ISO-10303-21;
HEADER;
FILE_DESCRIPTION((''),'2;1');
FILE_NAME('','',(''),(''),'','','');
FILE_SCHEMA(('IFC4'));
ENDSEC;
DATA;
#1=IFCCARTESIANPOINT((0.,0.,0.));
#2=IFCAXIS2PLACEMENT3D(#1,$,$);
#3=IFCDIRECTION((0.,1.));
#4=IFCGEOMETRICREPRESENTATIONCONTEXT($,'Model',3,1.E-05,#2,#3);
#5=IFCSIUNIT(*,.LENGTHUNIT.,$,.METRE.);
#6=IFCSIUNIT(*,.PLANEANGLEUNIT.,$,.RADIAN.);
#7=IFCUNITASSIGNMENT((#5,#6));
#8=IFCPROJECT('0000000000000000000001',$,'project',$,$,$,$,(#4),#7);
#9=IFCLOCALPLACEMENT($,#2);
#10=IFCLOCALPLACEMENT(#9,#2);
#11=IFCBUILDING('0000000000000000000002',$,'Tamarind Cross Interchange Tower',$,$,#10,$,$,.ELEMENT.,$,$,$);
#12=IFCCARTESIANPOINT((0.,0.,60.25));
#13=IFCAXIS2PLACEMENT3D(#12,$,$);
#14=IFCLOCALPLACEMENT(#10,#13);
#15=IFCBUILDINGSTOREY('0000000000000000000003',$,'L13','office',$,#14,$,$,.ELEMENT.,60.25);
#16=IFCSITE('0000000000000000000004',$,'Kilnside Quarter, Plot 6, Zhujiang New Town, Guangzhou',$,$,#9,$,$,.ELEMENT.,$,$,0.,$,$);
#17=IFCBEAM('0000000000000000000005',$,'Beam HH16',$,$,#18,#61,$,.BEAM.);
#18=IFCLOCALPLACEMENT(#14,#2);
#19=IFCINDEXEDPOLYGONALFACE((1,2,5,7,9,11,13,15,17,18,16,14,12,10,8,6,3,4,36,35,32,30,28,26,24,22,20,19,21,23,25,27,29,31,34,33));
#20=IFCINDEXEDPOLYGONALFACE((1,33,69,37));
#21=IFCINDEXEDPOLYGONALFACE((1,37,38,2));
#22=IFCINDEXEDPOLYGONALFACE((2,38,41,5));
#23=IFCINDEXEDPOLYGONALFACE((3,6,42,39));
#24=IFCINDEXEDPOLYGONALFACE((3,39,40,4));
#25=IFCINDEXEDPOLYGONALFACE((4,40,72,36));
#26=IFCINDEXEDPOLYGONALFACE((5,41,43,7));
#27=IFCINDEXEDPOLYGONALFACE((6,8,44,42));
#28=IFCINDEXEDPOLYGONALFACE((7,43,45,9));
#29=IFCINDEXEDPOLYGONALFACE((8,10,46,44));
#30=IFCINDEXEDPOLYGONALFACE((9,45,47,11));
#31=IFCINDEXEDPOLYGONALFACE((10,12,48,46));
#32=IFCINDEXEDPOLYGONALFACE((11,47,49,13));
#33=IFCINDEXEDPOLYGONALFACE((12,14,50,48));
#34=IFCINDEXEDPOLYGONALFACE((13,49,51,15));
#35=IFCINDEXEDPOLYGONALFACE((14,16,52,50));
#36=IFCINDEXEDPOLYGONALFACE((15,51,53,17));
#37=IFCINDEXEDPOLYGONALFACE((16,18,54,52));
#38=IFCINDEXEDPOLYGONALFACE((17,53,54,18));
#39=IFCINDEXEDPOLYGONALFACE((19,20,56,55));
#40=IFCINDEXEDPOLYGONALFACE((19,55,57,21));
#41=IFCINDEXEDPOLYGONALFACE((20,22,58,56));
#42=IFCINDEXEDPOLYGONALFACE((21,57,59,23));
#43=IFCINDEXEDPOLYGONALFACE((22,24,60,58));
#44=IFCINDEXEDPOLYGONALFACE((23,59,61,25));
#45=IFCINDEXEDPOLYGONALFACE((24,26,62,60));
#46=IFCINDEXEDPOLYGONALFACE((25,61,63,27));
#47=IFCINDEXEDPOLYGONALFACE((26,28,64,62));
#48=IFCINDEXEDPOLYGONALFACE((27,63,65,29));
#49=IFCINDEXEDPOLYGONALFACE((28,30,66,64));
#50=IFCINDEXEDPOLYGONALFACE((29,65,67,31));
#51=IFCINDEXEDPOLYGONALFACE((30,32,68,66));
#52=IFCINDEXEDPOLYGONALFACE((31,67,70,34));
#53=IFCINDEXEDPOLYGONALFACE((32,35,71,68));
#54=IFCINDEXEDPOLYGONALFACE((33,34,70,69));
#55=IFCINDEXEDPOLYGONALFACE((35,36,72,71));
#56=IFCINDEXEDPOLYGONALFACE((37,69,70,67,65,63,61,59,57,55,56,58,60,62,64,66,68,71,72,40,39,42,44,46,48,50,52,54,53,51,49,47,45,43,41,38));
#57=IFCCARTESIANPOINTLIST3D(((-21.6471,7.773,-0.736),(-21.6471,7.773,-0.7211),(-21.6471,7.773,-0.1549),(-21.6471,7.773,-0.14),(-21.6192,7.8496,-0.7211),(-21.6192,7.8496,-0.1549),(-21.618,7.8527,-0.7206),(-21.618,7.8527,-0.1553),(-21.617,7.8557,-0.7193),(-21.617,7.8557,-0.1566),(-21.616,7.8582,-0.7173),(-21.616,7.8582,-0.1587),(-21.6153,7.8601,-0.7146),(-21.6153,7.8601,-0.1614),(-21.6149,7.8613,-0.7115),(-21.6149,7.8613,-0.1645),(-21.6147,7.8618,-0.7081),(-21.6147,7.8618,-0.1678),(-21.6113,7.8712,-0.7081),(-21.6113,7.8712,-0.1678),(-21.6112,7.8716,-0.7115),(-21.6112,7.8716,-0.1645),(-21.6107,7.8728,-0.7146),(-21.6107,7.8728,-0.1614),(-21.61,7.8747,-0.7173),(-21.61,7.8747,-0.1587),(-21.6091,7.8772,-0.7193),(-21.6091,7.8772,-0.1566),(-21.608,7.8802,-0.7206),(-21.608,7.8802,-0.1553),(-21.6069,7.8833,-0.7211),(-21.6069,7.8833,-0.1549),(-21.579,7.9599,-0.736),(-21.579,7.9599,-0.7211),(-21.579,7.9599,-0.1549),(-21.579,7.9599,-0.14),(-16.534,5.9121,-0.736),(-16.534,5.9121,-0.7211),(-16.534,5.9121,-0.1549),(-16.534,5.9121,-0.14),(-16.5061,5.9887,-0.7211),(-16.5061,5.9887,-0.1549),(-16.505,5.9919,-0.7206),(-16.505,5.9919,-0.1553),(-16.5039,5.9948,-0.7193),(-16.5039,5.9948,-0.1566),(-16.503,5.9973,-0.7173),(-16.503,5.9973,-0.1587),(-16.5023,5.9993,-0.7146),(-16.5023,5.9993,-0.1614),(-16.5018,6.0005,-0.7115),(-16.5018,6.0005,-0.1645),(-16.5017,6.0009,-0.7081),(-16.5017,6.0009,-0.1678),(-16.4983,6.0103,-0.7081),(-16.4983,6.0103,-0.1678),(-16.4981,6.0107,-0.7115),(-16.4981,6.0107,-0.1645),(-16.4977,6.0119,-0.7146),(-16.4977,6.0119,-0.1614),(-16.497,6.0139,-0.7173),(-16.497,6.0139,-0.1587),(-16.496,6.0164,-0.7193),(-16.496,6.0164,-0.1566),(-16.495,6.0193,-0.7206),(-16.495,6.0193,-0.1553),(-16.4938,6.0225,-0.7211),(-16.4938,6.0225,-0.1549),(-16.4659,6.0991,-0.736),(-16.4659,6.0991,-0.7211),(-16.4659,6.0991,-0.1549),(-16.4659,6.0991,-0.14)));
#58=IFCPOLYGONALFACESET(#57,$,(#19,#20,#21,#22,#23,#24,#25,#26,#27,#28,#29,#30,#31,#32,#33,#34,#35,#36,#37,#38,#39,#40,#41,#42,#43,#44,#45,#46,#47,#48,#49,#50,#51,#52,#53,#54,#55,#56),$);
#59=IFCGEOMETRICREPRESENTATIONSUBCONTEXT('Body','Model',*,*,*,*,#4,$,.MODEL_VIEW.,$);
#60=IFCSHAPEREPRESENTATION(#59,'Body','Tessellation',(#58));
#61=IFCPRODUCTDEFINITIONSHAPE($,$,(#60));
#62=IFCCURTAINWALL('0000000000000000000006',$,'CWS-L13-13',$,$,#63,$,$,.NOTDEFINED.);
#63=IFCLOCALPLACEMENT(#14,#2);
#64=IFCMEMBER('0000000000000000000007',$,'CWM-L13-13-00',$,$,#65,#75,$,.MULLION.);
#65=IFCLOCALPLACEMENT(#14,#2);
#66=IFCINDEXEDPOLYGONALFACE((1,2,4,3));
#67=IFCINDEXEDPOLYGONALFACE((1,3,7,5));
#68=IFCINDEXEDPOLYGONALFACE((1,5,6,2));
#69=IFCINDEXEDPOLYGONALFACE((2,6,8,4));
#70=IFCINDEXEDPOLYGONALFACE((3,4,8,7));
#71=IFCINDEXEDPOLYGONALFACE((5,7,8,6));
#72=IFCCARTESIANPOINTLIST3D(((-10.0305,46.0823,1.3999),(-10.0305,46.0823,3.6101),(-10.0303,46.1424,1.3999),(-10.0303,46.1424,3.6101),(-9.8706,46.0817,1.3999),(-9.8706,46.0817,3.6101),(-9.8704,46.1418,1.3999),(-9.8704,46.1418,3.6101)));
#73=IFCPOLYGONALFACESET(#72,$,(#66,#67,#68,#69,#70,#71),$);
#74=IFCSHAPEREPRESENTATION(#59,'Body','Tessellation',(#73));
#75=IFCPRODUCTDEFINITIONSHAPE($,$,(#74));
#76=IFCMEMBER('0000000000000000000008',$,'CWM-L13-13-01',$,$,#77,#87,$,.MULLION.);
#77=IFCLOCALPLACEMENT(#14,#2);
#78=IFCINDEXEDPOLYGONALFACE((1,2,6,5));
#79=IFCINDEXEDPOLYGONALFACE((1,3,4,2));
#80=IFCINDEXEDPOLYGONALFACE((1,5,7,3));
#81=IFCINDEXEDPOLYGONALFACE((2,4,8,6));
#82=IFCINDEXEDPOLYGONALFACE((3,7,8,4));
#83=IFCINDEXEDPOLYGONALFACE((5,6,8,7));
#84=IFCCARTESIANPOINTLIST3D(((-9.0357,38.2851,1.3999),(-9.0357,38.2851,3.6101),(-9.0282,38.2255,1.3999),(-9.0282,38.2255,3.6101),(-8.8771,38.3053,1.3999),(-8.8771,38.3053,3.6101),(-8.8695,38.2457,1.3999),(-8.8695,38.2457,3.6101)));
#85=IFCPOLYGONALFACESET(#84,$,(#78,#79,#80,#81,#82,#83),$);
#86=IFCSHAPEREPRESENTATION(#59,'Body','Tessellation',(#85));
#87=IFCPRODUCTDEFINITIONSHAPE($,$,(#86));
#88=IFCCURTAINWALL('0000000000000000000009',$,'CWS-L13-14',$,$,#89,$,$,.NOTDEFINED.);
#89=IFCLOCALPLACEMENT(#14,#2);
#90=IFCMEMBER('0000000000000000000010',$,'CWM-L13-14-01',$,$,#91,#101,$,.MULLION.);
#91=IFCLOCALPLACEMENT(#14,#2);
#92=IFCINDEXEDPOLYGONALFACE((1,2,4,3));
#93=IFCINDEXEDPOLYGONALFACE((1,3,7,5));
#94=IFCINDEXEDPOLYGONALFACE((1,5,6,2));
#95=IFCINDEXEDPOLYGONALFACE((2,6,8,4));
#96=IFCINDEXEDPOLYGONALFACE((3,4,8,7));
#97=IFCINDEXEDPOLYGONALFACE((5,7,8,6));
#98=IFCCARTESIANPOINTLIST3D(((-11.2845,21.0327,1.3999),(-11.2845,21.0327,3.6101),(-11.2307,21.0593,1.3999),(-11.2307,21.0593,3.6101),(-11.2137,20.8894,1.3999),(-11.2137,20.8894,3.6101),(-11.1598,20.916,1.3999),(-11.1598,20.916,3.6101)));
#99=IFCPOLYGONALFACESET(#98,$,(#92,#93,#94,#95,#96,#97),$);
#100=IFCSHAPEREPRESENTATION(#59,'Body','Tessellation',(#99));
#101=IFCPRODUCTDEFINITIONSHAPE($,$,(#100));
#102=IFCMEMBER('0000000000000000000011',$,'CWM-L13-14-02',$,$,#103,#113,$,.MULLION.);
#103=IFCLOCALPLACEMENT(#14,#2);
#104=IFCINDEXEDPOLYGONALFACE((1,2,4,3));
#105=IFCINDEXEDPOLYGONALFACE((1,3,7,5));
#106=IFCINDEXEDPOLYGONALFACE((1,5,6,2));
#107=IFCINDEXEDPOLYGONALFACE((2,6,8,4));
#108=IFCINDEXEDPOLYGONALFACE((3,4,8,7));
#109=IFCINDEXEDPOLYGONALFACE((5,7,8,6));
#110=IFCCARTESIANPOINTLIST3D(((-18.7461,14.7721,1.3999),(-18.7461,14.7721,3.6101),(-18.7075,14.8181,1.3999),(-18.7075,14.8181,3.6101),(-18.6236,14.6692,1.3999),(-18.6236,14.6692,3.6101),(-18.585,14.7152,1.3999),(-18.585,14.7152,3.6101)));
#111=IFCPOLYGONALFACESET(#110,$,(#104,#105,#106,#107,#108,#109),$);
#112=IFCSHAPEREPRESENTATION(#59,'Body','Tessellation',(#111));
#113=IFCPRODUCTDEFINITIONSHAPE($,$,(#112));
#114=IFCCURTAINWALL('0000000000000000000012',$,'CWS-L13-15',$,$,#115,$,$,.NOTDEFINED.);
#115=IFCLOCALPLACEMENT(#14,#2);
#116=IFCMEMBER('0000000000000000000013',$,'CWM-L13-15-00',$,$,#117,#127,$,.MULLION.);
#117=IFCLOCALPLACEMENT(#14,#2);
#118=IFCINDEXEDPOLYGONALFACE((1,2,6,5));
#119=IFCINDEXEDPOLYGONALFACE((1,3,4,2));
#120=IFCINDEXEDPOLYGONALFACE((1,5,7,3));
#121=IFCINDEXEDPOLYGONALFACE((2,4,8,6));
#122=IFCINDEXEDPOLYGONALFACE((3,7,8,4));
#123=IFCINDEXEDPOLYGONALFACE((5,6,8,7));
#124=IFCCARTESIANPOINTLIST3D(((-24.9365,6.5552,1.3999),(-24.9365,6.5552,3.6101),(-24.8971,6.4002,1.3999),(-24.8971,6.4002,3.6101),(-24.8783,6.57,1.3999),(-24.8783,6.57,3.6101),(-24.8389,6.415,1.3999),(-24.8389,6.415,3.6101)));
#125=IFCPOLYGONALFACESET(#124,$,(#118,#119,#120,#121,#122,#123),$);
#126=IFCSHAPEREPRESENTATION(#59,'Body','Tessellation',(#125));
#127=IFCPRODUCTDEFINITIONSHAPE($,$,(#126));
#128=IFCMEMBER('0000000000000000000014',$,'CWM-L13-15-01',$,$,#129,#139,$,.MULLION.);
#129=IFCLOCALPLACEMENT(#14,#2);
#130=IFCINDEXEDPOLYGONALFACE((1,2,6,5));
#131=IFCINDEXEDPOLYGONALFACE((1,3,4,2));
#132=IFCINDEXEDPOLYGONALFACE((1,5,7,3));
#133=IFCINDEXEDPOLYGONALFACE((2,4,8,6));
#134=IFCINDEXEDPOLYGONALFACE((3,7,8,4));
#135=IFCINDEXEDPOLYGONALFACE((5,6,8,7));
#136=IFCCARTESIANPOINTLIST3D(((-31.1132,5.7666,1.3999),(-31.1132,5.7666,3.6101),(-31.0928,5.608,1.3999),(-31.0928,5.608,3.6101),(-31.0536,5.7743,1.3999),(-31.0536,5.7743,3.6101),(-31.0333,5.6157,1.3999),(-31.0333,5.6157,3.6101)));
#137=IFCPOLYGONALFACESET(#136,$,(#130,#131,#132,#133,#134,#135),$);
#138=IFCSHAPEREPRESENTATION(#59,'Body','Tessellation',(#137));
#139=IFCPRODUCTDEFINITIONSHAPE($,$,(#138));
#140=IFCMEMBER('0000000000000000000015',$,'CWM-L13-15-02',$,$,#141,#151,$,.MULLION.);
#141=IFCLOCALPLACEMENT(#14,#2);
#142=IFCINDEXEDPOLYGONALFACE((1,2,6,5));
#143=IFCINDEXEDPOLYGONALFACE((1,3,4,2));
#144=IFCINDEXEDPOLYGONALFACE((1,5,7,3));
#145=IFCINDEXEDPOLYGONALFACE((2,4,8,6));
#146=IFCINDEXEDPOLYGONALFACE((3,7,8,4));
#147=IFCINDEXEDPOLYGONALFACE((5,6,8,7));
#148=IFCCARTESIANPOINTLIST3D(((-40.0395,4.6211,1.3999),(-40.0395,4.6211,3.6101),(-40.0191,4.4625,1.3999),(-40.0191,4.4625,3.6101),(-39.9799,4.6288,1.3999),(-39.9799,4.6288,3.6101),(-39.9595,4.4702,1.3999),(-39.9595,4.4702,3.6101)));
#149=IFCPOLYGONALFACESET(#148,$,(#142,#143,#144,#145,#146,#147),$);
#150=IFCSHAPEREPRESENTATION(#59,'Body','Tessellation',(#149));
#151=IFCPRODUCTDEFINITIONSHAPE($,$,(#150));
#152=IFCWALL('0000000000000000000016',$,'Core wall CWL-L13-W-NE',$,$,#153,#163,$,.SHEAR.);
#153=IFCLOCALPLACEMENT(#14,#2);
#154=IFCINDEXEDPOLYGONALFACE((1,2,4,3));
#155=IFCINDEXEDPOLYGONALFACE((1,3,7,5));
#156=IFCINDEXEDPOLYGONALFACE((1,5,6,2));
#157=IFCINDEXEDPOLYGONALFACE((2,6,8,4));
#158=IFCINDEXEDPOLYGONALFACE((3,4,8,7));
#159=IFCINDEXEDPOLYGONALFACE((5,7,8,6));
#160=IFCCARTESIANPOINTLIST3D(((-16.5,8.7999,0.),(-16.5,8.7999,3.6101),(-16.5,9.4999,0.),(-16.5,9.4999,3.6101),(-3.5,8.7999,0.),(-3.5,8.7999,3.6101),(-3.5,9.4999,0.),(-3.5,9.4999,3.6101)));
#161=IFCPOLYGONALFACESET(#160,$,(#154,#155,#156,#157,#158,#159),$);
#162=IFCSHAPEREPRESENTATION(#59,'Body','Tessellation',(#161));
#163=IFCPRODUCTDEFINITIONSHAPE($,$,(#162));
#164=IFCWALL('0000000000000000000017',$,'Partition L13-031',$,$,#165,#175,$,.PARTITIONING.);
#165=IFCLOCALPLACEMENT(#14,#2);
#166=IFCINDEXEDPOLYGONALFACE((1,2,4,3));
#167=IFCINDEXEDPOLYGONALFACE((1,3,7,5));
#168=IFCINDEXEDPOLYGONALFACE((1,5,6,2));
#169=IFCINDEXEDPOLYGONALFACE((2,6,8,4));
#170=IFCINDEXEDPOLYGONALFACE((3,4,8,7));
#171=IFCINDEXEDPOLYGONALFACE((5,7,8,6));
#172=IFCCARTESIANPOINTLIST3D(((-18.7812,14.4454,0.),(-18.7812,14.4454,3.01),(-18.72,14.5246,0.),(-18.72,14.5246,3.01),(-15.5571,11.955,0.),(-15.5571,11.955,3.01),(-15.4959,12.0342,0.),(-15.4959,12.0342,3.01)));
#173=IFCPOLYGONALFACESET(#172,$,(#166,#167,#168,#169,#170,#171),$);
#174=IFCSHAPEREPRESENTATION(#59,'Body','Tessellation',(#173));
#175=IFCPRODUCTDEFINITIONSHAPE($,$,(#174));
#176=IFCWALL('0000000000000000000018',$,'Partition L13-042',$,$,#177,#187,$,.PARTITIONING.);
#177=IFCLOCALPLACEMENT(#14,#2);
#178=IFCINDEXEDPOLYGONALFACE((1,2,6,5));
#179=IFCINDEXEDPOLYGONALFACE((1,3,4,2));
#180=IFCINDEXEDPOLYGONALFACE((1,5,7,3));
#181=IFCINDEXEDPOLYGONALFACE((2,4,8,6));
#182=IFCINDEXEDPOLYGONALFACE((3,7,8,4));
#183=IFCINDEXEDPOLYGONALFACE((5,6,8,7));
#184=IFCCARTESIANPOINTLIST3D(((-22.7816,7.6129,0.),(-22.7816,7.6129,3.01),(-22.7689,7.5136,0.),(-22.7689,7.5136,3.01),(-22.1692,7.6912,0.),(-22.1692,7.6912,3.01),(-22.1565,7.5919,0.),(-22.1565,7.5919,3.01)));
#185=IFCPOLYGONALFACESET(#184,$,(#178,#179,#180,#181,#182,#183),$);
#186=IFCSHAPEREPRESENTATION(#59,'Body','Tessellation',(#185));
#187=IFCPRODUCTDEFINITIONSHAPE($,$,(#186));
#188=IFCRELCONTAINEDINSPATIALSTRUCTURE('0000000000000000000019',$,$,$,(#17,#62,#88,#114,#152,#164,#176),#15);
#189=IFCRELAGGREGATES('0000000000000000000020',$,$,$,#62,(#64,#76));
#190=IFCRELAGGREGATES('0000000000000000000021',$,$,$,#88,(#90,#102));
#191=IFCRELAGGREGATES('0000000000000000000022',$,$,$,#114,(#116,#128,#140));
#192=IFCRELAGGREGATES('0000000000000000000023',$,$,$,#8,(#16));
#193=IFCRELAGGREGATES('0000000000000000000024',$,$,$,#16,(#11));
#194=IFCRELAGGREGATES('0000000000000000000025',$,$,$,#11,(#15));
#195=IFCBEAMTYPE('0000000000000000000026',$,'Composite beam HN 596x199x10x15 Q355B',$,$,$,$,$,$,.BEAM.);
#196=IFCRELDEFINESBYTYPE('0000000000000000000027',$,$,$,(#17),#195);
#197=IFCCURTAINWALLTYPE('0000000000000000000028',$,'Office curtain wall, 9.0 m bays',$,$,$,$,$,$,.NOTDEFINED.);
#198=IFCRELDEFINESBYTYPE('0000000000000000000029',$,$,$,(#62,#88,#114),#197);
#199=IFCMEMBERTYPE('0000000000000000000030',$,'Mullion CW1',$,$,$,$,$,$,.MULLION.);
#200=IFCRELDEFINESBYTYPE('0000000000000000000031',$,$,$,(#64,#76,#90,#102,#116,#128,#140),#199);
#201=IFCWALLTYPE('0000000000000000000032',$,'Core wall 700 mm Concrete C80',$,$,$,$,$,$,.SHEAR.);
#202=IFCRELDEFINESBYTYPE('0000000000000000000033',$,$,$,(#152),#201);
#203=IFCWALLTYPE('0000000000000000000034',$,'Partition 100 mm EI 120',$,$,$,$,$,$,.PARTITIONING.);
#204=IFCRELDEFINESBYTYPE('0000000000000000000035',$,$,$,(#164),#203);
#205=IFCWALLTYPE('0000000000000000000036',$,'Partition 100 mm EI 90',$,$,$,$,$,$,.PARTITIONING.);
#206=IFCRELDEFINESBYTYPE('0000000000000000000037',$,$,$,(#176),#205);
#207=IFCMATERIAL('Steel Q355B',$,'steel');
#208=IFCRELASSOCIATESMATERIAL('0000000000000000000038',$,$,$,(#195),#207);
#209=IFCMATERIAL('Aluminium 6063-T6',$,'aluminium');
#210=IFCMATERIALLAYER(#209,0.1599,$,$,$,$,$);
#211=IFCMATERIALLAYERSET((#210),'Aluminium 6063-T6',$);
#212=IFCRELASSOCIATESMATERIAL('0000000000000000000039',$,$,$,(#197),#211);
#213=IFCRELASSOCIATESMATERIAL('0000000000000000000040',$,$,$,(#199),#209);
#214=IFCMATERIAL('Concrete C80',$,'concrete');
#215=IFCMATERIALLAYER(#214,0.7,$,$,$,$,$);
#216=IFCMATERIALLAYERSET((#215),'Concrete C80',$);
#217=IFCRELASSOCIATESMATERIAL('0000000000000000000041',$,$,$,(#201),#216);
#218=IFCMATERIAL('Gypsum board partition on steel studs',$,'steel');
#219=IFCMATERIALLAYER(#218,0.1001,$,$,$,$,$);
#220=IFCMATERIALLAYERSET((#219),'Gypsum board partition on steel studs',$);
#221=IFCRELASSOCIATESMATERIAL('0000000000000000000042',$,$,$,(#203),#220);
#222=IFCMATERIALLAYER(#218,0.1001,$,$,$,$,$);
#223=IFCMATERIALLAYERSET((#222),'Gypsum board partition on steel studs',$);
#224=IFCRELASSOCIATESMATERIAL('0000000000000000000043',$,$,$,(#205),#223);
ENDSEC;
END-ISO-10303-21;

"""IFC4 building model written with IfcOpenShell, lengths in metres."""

from ifc_helpers import new_model, si_unit, direction, frame, frame_2d, origin, origin_2d, place, context, subcontext, project, spatial, rectangle, i_section, extrude, material, layer, layer_set, material_profile, profile_set, type_object, element, aggregate, save


model = new_model("IFC4")

# Units and contexts
model_context = context("Model", 3, precision=1e-05, world=origin(), true_north=direction((0.0, 1.0)))
body_context = subcontext(model_context, "Body", "Model", "MODEL_VIEW")
ifc_project = project(units=[si_unit("LENGTHUNIT", "METRE"), si_unit("PLANEANGLEUNIT", "RADIAN")], contexts=[model_context])

# Site, building, storey
site_placement = place(None, origin())
site = spatial("IfcSite", under=ifc_project, at=site_placement, Name="Kilnside Quarter, Plot 6, Zhujiang New Town, Guangzhou", CompositionType="ELEMENT", RefElevation=0.0)
building_placement = place(site_placement, origin())
building = spatial("IfcBuilding", under=site, at=building_placement, Name="Tamarind Cross Interchange Tower", CompositionType="ELEMENT")
storey_placement = place(building_placement, frame((0.0, 0.0, 60.25)))
storey = spatial("IfcBuildingStorey", under=building, at=storey_placement, Name="L13", Description="office", CompositionType="ELEMENT", Elevation=60.25)

# Beam
ifc_material_1 = material(Name="Steel Q355B", Category="steel")
ifc_material_profile_1 = material_profile(ifc_material_1, i_section(OverallWidth=0.199, OverallDepth=0.5959, WebThickness=0.01, FlangeThickness=0.0149, FilletRadius=0.0129, at=origin_2d()), Name="HN 596x199x10x15")
ifc_profile_set_1 = profile_set([ifc_material_profile_1], Name="Steel Q355B")
beam_type_1 = type_object("IfcBeamType", Name="Composite beam HN 596x199x10x15 Q355B", PredefinedType="BEAM", material=ifc_profile_set_1)
beam_1_placement = place(storey_placement, frame((-21.613, 7.8665, -0.438), z_axis=(0.939702, -0.341995, 0.0), x_axis=(0.341995, 0.939702, 0.0)))
element("IfcBeam", 1, at=beam_1_placement, inside=storey, type_object=beam_type_1, Name="Beam HH16", PredefinedType="BEAM", context=body_context, shape_type="SweptSolid", body=[
    extrude(i_section(OverallWidth=0.199, OverallDepth=0.5959, WebThickness=0.01, FlangeThickness=0.0149, FilletRadius=0.0129, at=origin_2d()), origin(), (0.0, 0.0, 1.0), 5.4412),
])

# Curtain walls, members
ifc_material_2 = material(Name="Aluminium 6063-T6", Category="aluminium")
ifc_layer_1 = layer(ifc_material_2, 0.1599)
ifc_layer_set_1 = layer_set([ifc_layer_1], Name="Aluminium 6063-T6")
curtain_wall_type = type_object("IfcCurtainWallType", Name="Office curtain wall, 9.0 m bays", PredefinedType="NOTDEFINED", material=ifc_layer_set_1)
curtain_wall_1_placement = place(storey_placement, origin())
curtain_wall_1 = element("IfcCurtainWall", 2, at=curtain_wall_1_placement, inside=storey, type_object=curtain_wall_type, Name="CWS-L13-13", PredefinedType="NOTDEFINED")
ifc_material_profile_2 = material_profile(ifc_material_2, rectangle(XDim=0.0601, YDim=0.1599, at=origin_2d()), Name="Mullion CW1")
ifc_profile_set_2 = profile_set([ifc_material_profile_2], Name="Aluminium 6063-T6")
member_type = type_object("IfcMemberType", Name="Mullion CW1", PredefinedType="MULLION", material=ifc_profile_set_2)
member_1_placement = place(storey_placement, frame((-9.9504, 46.1121, 1.3999), z_axis=(0.0, 0.0, 1.0), x_axis=(-0.003827, -0.999993, 0.0)))
member_1 = element("IfcMember", 3, at=member_1_placement, type_object=member_type, Name="CWM-L13-13-00", PredefinedType="MULLION", context=body_context, shape_type="SweptSolid", body=[
    extrude(rectangle(XDim=0.0601, YDim=0.1599, at=origin_2d()), origin(), (0.0, 0.0, 1.0), 2.2102),
])
member_2_placement = place(storey_placement, frame((-8.9526, 38.2654, 1.3999), z_axis=(0.0, 0.0, 1.0), x_axis=(0.126161, -0.99201, 0.0)))
member_2 = element("IfcMember", 4, at=member_2_placement, type_object=member_type, Name="CWM-L13-13-01", PredefinedType="MULLION", context=body_context, shape_type="SweptSolid", body=[
    extrude(rectangle(XDim=0.0601, YDim=0.1599, at=origin_2d()), origin(), (0.0, 0.0, 1.0), 2.2102),
])
aggregate(curtain_wall_1, [member_1, member_2])
curtain_wall_2_placement = place(storey_placement, origin())
curtain_wall_2 = element("IfcCurtainWall", 5, at=curtain_wall_2_placement, inside=storey, type_object=curtain_wall_type, Name="CWS-L13-14", PredefinedType="NOTDEFINED")
member_3_placement = place(storey_placement, frame((-11.2222, 20.9744, 1.3999), z_axis=(0.0, 0.0, 1.0), x_axis=(-0.896493, -0.443059, 0.0)))
member_3 = element("IfcMember", 6, at=member_3_placement, type_object=member_type, Name="CWM-L13-14-01", PredefinedType="MULLION", context=body_context, shape_type="SweptSolid", body=[
    extrude(rectangle(XDim=0.0601, YDim=0.1599, at=origin_2d()), origin(), (0.0, 0.0, 1.0), 2.2102),
])
member_4_placement = place(storey_placement, frame((-18.6655, 14.7437, 1.3999), z_axis=(0.0, 0.0, 1.0), x_axis=(-0.643009, -0.765858, 0.0)))
member_4 = element("IfcMember", 7, at=member_4_placement, type_object=member_type, Name="CWM-L13-14-02", PredefinedType="MULLION", context=body_context, shape_type="SweptSolid", body=[
    extrude(rectangle(XDim=0.0601, YDim=0.1599, at=origin_2d()), origin(), (0.0, 0.0, 1.0), 2.2102),
])
aggregate(curtain_wall_2, [member_3, member_4])
curtain_wall_3_placement = place(storey_placement, origin())
curtain_wall_3 = element("IfcCurtainWall", 8, at=curtain_wall_3_placement, inside=storey, type_object=curtain_wall_type, Name="CWS-L13-15", PredefinedType="NOTDEFINED")
member_5_placement = place(storey_placement, frame((-24.8877, 6.4851, 1.3999), z_axis=(0.0, 0.0, 1.0), x_axis=(-0.96909, -0.246709, 0.0)))
member_5 = element("IfcMember", 9, at=member_5_placement, type_object=member_type, Name="CWM-L13-15-00", PredefinedType="MULLION", context=body_context, shape_type="SweptSolid", body=[
    extrude(rectangle(XDim=0.0601, YDim=0.1599, at=origin_2d()), origin(), (0.0, 0.0, 1.0), 2.2102),
])
member_6_placement = place(storey_placement, frame((-31.0732, 5.6912, 1.3999), z_axis=(0.0, 0.0, 1.0), x_axis=(-0.991864, -0.1273, 0.0)))
member_6 = element("IfcMember", 10, at=member_6_placement, type_object=member_type, Name="CWM-L13-15-01", PredefinedType="MULLION", context=body_context, shape_type="SweptSolid", body=[
    extrude(rectangle(XDim=0.0601, YDim=0.1599, at=origin_2d()), origin(), (0.0, 0.0, 1.0), 2.2102),
])
member_7_placement = place(storey_placement, frame((-39.9995, 4.5457, 1.3999), z_axis=(0.0, 0.0, 1.0), x_axis=(-0.991864, -0.1273, 0.0)))
member_7 = element("IfcMember", 11, at=member_7_placement, type_object=member_type, Name="CWM-L13-15-02", PredefinedType="MULLION", context=body_context, shape_type="SweptSolid", body=[
    extrude(rectangle(XDim=0.0601, YDim=0.1599, at=origin_2d()), origin(), (0.0, 0.0, 1.0), 2.2102),
])
aggregate(curtain_wall_3, [member_5, member_6, member_7])

# Walls
ifc_material_3 = material(Name="Concrete C80", Category="concrete")
ifc_layer_2 = layer(ifc_material_3, 0.7)
ifc_layer_set_2 = layer_set([ifc_layer_2], Name="Concrete C80")
wall_type_1 = type_object("IfcWallType", Name="Core wall 700 mm Concrete C80", PredefinedType="SHEAR", material=ifc_layer_set_2)
wall_1_placement = place(storey_placement, frame((-16.5, 9.1499, 0.0), z_axis=(0.0, 0.0, 1.0), x_axis=(1.0, 0.0, 0.0)))
element("IfcWall", 12, at=wall_1_placement, inside=storey, type_object=wall_type_1, Name="Core wall CWL-L13-W-NE", PredefinedType="SHEAR", context=body_context, shape_type="SweptSolid", body=[
    extrude(rectangle(XDim=13.0, YDim=0.7, at=frame_2d((6.5, 0.0))), origin(), (0.0, 0.0, 1.0), 3.6101),
])
ifc_material_4 = material(Name="Gypsum board partition on steel studs", Category="steel")
ifc_layer_3 = layer(ifc_material_4, 0.1001)
ifc_layer_set_3 = layer_set([ifc_layer_3], Name="Gypsum board partition on steel studs")
wall_type_2 = type_object("IfcWallType", Name="Partition 100 mm EI 120", PredefinedType="PARTITIONING", material=ifc_layer_set_3)
wall_2_placement = place(storey_placement, frame((-18.7507, 14.4851, 0.0), z_axis=(0.0, 0.0, 1.0), x_axis=(0.79139, -0.611311, 0.0)))
element("IfcWall", 13, at=wall_2_placement, inside=storey, type_object=wall_type_2, Name="Partition L13-031", PredefinedType="PARTITIONING", context=body_context, shape_type="SweptSolid", body=[
    extrude(rectangle(XDim=4.074, YDim=0.1001, at=frame_2d((2.0371, 0.0))), origin(), (0.0, 0.0, 1.0), 3.01),
])
ifc_layer_4 = layer(ifc_material_4, 0.1001)
ifc_layer_set_4 = layer_set([ifc_layer_4], Name="Gypsum board partition on steel studs")
wall_type_3 = type_object("IfcWallType", Name="Partition 100 mm EI 90", PredefinedType="PARTITIONING", material=ifc_layer_set_4)
wall_3_placement = place(storey_placement, frame((-22.7751, 7.5632, 0.0), z_axis=(0.0, 0.0, 1.0), x_axis=(0.991915, 0.126905, 0.0)))
element("IfcWall", 14, at=wall_3_placement, inside=storey, type_object=wall_type_3, Name="Partition L13-042", PredefinedType="PARTITIONING", context=body_context, shape_type="SweptSolid", body=[
    extrude(rectangle(XDim=0.6174, YDim=0.1001, at=frame_2d((0.3086, 0.0))), origin(), (0.0, 0.0, 1.0), 3.01),
])

save(model, "model.ifc")
